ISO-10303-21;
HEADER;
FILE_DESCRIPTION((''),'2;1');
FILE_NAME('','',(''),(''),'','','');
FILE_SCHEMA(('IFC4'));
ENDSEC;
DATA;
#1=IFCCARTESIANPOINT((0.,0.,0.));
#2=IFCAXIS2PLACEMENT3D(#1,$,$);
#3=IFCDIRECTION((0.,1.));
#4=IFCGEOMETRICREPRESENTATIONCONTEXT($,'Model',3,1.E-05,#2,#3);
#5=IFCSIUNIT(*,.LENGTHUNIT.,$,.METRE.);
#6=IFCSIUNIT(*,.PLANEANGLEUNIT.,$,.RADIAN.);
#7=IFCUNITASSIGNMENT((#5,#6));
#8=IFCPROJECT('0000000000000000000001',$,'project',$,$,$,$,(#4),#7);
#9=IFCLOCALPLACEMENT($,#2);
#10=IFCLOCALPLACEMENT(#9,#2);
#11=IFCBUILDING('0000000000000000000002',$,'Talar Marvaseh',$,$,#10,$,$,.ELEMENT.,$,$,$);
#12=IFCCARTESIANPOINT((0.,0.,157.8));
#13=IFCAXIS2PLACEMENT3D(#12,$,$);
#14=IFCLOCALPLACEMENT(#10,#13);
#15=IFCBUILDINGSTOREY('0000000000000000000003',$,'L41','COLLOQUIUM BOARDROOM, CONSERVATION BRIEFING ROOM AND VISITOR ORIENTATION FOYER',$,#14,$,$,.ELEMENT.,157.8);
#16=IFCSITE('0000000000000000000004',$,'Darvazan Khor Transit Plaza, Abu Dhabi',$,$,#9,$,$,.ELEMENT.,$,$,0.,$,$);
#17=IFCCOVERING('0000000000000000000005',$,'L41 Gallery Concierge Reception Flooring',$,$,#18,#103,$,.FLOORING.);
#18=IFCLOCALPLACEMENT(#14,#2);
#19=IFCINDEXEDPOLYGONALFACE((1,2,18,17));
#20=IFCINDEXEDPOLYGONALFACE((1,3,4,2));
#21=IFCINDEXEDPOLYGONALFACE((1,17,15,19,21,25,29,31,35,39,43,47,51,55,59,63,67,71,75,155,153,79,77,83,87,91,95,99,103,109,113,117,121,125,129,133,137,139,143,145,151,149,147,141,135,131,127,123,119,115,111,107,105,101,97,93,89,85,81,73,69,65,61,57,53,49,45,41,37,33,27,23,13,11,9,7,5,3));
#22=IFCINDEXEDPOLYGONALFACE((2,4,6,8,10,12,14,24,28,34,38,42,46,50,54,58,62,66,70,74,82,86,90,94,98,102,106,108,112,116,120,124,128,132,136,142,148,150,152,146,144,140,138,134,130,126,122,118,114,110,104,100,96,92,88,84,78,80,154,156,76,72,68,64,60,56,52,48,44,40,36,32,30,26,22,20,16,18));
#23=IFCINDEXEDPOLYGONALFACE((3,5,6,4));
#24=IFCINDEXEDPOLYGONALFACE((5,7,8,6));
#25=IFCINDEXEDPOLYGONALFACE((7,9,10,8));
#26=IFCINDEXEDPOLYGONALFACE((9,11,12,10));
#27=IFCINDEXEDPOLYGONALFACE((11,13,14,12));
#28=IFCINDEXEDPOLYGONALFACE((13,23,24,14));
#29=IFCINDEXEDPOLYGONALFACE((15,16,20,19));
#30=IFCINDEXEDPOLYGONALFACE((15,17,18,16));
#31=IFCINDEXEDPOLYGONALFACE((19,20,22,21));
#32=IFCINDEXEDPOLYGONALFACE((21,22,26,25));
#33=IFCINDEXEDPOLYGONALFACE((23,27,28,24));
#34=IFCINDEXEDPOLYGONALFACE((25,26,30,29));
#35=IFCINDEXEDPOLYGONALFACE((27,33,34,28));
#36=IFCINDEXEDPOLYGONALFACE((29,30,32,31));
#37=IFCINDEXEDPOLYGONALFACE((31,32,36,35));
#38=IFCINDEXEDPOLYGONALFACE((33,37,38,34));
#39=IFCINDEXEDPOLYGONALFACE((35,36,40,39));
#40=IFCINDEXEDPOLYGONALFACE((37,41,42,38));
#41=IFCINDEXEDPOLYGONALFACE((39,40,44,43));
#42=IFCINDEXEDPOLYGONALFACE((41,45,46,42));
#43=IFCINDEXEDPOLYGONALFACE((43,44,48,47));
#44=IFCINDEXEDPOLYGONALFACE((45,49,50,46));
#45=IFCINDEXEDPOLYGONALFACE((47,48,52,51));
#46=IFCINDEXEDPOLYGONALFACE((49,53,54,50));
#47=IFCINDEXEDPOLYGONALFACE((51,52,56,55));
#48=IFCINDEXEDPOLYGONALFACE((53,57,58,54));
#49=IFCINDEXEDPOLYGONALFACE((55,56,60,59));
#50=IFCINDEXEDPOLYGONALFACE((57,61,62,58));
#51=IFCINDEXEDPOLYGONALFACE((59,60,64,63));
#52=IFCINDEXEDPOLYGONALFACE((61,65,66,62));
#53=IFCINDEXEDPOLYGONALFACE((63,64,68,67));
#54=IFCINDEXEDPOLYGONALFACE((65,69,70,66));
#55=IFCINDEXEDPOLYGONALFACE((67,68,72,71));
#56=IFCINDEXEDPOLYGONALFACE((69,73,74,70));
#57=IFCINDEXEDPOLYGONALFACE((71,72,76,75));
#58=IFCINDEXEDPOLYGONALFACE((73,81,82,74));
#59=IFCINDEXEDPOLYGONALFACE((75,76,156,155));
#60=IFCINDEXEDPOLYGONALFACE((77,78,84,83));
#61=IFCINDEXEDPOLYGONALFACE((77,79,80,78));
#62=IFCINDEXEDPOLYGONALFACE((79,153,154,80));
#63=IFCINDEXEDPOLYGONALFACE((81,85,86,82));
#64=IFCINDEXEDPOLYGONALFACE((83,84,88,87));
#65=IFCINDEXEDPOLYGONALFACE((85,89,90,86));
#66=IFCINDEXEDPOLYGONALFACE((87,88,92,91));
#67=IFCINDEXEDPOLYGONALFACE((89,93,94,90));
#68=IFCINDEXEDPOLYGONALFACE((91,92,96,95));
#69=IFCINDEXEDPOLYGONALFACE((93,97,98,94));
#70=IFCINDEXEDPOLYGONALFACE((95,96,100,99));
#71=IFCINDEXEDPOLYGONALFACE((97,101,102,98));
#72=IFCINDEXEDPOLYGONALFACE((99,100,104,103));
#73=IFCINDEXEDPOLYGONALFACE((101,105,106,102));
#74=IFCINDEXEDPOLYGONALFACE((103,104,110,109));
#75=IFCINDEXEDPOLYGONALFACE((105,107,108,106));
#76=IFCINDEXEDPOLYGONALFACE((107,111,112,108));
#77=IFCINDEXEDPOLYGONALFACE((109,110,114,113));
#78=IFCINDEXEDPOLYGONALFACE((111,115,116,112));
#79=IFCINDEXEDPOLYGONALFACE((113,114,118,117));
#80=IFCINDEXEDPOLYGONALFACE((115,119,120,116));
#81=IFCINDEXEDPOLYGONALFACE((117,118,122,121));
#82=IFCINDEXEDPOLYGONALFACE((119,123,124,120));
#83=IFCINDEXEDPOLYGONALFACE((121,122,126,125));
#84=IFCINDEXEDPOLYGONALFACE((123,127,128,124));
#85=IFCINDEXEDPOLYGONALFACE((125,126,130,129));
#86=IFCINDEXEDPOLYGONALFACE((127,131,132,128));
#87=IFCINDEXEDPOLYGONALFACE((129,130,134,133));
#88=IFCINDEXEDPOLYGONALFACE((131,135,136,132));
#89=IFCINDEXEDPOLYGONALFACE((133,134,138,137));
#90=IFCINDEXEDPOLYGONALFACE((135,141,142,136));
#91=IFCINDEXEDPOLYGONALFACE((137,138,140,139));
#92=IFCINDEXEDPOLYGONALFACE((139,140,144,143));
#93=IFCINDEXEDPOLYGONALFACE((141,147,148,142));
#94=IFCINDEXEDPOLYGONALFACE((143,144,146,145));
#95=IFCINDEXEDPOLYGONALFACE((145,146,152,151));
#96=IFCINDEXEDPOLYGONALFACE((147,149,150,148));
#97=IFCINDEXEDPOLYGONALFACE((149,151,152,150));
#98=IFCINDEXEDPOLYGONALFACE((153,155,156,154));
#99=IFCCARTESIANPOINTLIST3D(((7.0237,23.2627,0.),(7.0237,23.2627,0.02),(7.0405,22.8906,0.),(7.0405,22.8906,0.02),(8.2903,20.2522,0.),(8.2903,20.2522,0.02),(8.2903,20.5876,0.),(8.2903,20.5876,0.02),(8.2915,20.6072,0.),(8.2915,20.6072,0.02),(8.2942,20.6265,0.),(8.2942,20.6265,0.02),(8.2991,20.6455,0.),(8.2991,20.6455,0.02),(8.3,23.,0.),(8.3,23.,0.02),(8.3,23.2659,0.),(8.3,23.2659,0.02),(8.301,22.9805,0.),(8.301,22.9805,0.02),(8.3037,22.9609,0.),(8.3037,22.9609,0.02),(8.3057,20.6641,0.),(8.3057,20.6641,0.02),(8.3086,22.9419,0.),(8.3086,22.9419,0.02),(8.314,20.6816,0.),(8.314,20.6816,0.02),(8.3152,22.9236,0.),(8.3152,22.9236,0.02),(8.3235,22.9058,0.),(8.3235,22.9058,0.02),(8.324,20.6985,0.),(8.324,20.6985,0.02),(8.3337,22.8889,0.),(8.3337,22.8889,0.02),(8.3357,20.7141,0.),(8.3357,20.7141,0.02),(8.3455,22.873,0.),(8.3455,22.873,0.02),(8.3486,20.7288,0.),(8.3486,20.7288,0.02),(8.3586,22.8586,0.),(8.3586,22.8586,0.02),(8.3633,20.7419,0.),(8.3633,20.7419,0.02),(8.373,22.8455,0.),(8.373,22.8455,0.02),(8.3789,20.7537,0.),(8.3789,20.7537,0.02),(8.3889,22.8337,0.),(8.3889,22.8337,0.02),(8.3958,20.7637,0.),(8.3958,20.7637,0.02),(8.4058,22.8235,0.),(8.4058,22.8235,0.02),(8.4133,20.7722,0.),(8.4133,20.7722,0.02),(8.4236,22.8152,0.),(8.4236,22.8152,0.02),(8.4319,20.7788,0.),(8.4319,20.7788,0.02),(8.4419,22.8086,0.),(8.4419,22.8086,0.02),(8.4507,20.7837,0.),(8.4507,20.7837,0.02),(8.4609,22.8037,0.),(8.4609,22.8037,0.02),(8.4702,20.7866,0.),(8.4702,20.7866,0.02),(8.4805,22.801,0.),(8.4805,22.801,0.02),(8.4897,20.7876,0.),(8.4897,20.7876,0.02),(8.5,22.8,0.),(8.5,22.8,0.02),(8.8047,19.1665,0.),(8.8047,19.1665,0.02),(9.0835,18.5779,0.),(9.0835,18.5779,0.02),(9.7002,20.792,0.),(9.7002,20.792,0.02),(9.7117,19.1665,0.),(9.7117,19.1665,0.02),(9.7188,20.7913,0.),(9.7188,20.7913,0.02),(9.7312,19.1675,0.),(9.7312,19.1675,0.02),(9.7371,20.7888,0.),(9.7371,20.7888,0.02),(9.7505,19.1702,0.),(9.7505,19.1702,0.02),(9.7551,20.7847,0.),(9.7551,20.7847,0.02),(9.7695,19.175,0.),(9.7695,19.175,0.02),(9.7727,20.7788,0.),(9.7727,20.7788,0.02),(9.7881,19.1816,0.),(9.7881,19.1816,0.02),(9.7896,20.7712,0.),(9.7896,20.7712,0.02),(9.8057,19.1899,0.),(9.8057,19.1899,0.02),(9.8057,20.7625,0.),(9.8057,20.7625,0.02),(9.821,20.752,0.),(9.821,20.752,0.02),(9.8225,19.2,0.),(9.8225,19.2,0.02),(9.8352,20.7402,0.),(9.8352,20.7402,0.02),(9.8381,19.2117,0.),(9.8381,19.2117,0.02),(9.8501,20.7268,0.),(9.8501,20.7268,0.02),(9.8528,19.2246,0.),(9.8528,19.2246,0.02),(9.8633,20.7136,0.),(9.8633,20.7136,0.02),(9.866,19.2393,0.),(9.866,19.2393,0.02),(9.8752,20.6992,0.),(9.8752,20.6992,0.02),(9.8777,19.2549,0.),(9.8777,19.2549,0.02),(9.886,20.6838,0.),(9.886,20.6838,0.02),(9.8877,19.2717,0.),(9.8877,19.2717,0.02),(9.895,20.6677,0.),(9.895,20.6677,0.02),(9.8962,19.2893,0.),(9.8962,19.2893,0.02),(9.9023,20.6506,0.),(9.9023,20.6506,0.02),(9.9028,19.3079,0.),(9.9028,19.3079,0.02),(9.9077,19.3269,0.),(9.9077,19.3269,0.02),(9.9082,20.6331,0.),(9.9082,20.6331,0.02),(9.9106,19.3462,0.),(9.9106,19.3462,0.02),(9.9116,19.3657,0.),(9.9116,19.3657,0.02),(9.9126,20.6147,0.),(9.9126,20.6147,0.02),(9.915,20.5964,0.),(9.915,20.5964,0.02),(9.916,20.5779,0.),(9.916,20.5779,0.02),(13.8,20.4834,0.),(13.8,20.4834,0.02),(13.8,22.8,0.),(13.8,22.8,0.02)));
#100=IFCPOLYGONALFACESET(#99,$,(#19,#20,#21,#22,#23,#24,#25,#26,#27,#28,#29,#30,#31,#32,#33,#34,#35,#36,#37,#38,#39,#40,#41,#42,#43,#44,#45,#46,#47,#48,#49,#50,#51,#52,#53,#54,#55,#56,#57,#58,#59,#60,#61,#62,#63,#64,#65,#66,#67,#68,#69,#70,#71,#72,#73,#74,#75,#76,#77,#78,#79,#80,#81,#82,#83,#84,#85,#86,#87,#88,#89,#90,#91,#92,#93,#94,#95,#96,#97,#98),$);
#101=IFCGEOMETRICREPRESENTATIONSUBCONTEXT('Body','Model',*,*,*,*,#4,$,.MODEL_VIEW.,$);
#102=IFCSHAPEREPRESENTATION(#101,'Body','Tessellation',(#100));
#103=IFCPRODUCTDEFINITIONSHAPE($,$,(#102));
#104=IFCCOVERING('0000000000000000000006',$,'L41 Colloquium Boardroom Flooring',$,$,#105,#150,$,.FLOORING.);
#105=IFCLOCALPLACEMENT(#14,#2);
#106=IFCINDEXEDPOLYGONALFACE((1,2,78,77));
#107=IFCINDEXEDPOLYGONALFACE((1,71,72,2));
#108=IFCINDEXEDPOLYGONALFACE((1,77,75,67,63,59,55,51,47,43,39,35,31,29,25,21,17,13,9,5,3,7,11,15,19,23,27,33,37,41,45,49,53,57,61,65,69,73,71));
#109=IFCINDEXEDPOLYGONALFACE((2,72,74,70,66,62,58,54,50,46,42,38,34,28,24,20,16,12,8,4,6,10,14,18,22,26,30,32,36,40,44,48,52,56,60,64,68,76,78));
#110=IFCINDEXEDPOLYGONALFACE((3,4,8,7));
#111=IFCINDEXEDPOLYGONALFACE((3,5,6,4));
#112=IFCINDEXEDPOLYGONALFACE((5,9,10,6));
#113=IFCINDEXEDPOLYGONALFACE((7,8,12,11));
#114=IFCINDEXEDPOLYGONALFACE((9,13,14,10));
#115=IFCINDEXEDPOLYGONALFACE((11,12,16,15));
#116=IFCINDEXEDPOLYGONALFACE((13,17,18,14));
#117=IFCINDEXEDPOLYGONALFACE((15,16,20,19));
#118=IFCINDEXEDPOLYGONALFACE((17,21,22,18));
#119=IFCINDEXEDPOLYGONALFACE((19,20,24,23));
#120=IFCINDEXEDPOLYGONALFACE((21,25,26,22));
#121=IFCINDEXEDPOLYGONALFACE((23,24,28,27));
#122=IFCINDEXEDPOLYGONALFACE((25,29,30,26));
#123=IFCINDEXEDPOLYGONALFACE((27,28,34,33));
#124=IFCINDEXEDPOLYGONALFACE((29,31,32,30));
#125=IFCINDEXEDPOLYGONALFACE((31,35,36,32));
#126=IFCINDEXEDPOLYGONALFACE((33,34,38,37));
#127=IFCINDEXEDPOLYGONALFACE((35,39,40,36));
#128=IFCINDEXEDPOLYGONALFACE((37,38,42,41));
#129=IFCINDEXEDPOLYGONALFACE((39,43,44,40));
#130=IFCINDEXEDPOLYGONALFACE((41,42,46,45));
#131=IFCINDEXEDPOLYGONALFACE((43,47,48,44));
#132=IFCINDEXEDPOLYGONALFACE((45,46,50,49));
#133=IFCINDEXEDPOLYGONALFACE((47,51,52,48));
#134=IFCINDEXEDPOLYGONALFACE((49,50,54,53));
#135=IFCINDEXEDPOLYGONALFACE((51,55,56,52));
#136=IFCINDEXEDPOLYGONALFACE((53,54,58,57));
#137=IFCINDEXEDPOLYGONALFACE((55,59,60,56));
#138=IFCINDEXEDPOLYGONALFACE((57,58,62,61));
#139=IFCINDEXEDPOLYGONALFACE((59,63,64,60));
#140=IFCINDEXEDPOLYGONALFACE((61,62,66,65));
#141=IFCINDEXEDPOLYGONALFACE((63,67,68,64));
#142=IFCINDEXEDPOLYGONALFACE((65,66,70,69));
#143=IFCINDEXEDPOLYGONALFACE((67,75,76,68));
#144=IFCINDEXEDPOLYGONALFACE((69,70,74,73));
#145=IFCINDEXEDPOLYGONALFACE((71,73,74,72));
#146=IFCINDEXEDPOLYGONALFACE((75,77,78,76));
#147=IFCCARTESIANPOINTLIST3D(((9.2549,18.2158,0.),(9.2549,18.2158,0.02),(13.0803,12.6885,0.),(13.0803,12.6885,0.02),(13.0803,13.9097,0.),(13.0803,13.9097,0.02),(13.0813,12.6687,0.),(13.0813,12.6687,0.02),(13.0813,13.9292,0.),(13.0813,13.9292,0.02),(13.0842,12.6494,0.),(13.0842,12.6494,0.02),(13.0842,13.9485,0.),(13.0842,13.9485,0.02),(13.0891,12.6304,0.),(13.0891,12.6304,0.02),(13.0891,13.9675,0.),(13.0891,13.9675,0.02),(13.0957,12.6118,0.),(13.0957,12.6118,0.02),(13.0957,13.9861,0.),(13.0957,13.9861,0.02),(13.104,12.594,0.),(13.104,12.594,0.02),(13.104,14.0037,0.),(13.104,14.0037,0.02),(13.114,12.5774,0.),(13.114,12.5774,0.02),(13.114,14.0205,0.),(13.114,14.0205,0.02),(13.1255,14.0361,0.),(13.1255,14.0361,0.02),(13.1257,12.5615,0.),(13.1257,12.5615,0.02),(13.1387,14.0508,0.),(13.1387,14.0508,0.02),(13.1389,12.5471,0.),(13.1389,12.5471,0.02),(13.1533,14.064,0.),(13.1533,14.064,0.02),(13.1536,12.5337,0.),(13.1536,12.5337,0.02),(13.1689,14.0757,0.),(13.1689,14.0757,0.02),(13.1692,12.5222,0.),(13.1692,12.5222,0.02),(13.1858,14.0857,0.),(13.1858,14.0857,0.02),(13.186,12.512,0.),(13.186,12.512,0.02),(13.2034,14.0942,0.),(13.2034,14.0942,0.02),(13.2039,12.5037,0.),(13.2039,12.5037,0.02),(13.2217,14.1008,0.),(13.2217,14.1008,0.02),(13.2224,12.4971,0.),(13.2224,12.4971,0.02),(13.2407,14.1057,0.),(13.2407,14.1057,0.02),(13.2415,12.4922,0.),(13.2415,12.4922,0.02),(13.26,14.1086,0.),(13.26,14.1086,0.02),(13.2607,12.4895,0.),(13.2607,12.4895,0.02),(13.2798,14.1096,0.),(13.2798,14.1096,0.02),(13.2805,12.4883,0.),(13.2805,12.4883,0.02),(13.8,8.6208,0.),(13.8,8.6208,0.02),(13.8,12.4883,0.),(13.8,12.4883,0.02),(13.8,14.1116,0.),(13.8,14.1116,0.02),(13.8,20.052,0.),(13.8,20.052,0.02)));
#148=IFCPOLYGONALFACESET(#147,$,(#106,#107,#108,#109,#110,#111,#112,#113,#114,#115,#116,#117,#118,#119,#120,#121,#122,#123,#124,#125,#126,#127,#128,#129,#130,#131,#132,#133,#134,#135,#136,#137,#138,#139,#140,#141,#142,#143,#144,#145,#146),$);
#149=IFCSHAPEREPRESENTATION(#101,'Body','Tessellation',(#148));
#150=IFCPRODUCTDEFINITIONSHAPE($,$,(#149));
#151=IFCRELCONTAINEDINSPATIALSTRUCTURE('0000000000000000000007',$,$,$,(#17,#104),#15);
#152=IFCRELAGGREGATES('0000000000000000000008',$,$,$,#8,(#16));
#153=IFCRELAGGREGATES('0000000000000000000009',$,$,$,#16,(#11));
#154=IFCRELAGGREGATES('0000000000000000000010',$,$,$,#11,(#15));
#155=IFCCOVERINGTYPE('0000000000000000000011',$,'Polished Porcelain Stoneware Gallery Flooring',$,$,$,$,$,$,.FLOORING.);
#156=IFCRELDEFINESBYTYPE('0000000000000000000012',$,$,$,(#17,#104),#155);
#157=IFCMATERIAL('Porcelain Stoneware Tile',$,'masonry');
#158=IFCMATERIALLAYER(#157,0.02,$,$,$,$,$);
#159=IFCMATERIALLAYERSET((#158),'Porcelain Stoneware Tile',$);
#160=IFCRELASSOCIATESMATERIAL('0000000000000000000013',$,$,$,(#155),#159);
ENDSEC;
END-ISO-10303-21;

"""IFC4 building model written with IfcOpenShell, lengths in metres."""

from ifc_helpers import new_model, si_unit, direction, frame, origin, place, context, subcontext, project, spatial, polyline, outline, extrude, material, layer, layer_set, type_object, element, save


model = new_model("IFC4")

# Units and contexts
model_context = context("Model", 3, precision=1e-05, world=origin(), true_north=direction((0.0, 1.0)))
body_context = subcontext(model_context, "Body", "Model", "MODEL_VIEW")
ifc_project = project(units=[si_unit("LENGTHUNIT", "METRE"), si_unit("PLANEANGLEUNIT", "RADIAN")], contexts=[model_context])

# Site, building, storey
site_placement = place(None, origin())
site = spatial("IfcSite", under=ifc_project, at=site_placement, Name="Darvazan Khor Transit Plaza, Abu Dhabi", CompositionType="ELEMENT", RefElevation=0.0)
building_placement = place(site_placement, origin())
building = spatial("IfcBuilding", under=site, at=building_placement, Name="Talar Marvaseh", CompositionType="ELEMENT")
storey_placement = place(building_placement, frame((0.0, 0.0, 157.8)))
storey = spatial("IfcBuildingStorey", under=building, at=storey_placement, Name="L41", Description="COLLOQUIUM BOARDROOM, CONSERVATION BRIEFING ROOM AND VISITOR ORIENTATION FOYER", CompositionType="ELEMENT", Elevation=157.8)

# Coverings
ifc_material_1 = material(Name="Porcelain Stoneware Tile", Category="masonry")
ifc_layer_1 = layer(ifc_material_1, 0.02)
ifc_layer_set_1 = layer_set([ifc_layer_1], Name="Porcelain Stoneware Tile")
covering_type_1 = type_object("IfcCoveringType", Name="Polished Porcelain Stoneware Gallery Flooring", PredefinedType="FLOORING", material=ifc_layer_set_1)
covering_1_placement = place(storey_placement, origin())
element("IfcCovering", 1, at=covering_1_placement, inside=storey, type_object=covering_type_1, Name="L41 Gallery Concierge Reception Flooring", PredefinedType="FLOORING", context=body_context, shape_type="SweptSolid", body=[
    extrude(outline(polyline([(8.3, 23.0), (8.301, 22.9805), (8.3037, 22.9609), (8.3086, 22.9419), (8.3152, 22.9236), (8.3235, 22.9058), (8.3337, 22.8889), (8.3455, 22.873), (8.3586, 22.8586), (8.373, 22.8455), (8.3889, 22.8337), (8.4058, 22.8235), (8.4236, 22.8152), (8.4419, 22.8086), (8.4609, 22.8037), (8.4805, 22.801), (8.5, 22.8), (13.8, 22.8), (13.8, 20.4834), (9.0835, 18.5779), (8.8047, 19.1665), (9.7117, 19.1665), (9.7312, 19.1675), (9.7505, 19.1702), (9.7695, 19.175), (9.7881, 19.1816), (9.8057, 19.1899), (9.8225, 19.2), (9.8381, 19.2117), (9.8528, 19.2246), (9.866, 19.2393), (9.8777, 19.2549), (9.8877, 19.2717), (9.8962, 19.2893), (9.9028, 19.3079), (9.9077, 19.3269), (9.9106, 19.3462), (9.9116, 19.3657), (9.916, 20.5779), (9.915, 20.5964), (9.9126, 20.6147), (9.9082, 20.6331), (9.9023, 20.6506), (9.895, 20.6677), (9.886, 20.6838), (9.8752, 20.6992), (9.8633, 20.7136), (9.8501, 20.7268), (9.8352, 20.7402), (9.821, 20.752), (9.8057, 20.7625), (9.7896, 20.7712), (9.7727, 20.7788), (9.7551, 20.7847), (9.7371, 20.7888), (9.7188, 20.7913), (9.7002, 20.792), (8.4897, 20.7876), (8.4702, 20.7866), (8.4507, 20.7837), (8.4319, 20.7788), (8.4133, 20.7722), (8.3958, 20.7637), (8.3789, 20.7537), (8.3633, 20.7419), (8.3486, 20.7288), (8.3357, 20.7141), (8.324, 20.6985), (8.314, 20.6816), (8.3057, 20.6641), (8.2991, 20.6455), (8.2942, 20.6265), (8.2915, 20.6072), (8.2903, 20.5876), (8.2903, 20.2522), (7.0405, 22.8906), (7.0237, 23.2627), (8.3, 23.2659), (8.3, 23.0)])), origin(), (0.0, 0.0, 1.0), 0.02),
])
covering_2_placement = place(storey_placement, origin())
element("IfcCovering", 2, at=covering_2_placement, inside=storey, type_object=covering_type_1, Name="L41 Colloquium Boardroom Flooring", PredefinedType="FLOORING", context=body_context, shape_type="SweptSolid", body=[
    extrude(outline(polyline([(13.8, 14.1116), (13.2798, 14.1096), (13.26, 14.1086), (13.2407, 14.1057), (13.2217, 14.1008), (13.2034, 14.0942), (13.1858, 14.0857), (13.1689, 14.0757), (13.1533, 14.064), (13.1387, 14.0508), (13.1255, 14.0361), (13.114, 14.0205), (13.104, 14.0037), (13.0957, 13.9861), (13.0891, 13.9675), (13.0842, 13.9485), (13.0813, 13.9292), (13.0803, 13.9097), (13.0803, 12.6885), (13.0813, 12.6687), (13.0842, 12.6494), (13.0891, 12.6304), (13.0957, 12.6118), (13.104, 12.594), (13.114, 12.5774), (13.1257, 12.5615), (13.1389, 12.5471), (13.1536, 12.5337), (13.1692, 12.5222), (13.186, 12.512), (13.2039, 12.5037), (13.2224, 12.4971), (13.2415, 12.4922), (13.2607, 12.4895), (13.2805, 12.4883), (13.8, 12.4883), (13.8, 8.6208), (9.2549, 18.2158), (13.8, 20.052), (13.8, 14.1116)])), origin(), (0.0, 0.0, 1.0), 0.02),
])

save(model, "model.ifc")
